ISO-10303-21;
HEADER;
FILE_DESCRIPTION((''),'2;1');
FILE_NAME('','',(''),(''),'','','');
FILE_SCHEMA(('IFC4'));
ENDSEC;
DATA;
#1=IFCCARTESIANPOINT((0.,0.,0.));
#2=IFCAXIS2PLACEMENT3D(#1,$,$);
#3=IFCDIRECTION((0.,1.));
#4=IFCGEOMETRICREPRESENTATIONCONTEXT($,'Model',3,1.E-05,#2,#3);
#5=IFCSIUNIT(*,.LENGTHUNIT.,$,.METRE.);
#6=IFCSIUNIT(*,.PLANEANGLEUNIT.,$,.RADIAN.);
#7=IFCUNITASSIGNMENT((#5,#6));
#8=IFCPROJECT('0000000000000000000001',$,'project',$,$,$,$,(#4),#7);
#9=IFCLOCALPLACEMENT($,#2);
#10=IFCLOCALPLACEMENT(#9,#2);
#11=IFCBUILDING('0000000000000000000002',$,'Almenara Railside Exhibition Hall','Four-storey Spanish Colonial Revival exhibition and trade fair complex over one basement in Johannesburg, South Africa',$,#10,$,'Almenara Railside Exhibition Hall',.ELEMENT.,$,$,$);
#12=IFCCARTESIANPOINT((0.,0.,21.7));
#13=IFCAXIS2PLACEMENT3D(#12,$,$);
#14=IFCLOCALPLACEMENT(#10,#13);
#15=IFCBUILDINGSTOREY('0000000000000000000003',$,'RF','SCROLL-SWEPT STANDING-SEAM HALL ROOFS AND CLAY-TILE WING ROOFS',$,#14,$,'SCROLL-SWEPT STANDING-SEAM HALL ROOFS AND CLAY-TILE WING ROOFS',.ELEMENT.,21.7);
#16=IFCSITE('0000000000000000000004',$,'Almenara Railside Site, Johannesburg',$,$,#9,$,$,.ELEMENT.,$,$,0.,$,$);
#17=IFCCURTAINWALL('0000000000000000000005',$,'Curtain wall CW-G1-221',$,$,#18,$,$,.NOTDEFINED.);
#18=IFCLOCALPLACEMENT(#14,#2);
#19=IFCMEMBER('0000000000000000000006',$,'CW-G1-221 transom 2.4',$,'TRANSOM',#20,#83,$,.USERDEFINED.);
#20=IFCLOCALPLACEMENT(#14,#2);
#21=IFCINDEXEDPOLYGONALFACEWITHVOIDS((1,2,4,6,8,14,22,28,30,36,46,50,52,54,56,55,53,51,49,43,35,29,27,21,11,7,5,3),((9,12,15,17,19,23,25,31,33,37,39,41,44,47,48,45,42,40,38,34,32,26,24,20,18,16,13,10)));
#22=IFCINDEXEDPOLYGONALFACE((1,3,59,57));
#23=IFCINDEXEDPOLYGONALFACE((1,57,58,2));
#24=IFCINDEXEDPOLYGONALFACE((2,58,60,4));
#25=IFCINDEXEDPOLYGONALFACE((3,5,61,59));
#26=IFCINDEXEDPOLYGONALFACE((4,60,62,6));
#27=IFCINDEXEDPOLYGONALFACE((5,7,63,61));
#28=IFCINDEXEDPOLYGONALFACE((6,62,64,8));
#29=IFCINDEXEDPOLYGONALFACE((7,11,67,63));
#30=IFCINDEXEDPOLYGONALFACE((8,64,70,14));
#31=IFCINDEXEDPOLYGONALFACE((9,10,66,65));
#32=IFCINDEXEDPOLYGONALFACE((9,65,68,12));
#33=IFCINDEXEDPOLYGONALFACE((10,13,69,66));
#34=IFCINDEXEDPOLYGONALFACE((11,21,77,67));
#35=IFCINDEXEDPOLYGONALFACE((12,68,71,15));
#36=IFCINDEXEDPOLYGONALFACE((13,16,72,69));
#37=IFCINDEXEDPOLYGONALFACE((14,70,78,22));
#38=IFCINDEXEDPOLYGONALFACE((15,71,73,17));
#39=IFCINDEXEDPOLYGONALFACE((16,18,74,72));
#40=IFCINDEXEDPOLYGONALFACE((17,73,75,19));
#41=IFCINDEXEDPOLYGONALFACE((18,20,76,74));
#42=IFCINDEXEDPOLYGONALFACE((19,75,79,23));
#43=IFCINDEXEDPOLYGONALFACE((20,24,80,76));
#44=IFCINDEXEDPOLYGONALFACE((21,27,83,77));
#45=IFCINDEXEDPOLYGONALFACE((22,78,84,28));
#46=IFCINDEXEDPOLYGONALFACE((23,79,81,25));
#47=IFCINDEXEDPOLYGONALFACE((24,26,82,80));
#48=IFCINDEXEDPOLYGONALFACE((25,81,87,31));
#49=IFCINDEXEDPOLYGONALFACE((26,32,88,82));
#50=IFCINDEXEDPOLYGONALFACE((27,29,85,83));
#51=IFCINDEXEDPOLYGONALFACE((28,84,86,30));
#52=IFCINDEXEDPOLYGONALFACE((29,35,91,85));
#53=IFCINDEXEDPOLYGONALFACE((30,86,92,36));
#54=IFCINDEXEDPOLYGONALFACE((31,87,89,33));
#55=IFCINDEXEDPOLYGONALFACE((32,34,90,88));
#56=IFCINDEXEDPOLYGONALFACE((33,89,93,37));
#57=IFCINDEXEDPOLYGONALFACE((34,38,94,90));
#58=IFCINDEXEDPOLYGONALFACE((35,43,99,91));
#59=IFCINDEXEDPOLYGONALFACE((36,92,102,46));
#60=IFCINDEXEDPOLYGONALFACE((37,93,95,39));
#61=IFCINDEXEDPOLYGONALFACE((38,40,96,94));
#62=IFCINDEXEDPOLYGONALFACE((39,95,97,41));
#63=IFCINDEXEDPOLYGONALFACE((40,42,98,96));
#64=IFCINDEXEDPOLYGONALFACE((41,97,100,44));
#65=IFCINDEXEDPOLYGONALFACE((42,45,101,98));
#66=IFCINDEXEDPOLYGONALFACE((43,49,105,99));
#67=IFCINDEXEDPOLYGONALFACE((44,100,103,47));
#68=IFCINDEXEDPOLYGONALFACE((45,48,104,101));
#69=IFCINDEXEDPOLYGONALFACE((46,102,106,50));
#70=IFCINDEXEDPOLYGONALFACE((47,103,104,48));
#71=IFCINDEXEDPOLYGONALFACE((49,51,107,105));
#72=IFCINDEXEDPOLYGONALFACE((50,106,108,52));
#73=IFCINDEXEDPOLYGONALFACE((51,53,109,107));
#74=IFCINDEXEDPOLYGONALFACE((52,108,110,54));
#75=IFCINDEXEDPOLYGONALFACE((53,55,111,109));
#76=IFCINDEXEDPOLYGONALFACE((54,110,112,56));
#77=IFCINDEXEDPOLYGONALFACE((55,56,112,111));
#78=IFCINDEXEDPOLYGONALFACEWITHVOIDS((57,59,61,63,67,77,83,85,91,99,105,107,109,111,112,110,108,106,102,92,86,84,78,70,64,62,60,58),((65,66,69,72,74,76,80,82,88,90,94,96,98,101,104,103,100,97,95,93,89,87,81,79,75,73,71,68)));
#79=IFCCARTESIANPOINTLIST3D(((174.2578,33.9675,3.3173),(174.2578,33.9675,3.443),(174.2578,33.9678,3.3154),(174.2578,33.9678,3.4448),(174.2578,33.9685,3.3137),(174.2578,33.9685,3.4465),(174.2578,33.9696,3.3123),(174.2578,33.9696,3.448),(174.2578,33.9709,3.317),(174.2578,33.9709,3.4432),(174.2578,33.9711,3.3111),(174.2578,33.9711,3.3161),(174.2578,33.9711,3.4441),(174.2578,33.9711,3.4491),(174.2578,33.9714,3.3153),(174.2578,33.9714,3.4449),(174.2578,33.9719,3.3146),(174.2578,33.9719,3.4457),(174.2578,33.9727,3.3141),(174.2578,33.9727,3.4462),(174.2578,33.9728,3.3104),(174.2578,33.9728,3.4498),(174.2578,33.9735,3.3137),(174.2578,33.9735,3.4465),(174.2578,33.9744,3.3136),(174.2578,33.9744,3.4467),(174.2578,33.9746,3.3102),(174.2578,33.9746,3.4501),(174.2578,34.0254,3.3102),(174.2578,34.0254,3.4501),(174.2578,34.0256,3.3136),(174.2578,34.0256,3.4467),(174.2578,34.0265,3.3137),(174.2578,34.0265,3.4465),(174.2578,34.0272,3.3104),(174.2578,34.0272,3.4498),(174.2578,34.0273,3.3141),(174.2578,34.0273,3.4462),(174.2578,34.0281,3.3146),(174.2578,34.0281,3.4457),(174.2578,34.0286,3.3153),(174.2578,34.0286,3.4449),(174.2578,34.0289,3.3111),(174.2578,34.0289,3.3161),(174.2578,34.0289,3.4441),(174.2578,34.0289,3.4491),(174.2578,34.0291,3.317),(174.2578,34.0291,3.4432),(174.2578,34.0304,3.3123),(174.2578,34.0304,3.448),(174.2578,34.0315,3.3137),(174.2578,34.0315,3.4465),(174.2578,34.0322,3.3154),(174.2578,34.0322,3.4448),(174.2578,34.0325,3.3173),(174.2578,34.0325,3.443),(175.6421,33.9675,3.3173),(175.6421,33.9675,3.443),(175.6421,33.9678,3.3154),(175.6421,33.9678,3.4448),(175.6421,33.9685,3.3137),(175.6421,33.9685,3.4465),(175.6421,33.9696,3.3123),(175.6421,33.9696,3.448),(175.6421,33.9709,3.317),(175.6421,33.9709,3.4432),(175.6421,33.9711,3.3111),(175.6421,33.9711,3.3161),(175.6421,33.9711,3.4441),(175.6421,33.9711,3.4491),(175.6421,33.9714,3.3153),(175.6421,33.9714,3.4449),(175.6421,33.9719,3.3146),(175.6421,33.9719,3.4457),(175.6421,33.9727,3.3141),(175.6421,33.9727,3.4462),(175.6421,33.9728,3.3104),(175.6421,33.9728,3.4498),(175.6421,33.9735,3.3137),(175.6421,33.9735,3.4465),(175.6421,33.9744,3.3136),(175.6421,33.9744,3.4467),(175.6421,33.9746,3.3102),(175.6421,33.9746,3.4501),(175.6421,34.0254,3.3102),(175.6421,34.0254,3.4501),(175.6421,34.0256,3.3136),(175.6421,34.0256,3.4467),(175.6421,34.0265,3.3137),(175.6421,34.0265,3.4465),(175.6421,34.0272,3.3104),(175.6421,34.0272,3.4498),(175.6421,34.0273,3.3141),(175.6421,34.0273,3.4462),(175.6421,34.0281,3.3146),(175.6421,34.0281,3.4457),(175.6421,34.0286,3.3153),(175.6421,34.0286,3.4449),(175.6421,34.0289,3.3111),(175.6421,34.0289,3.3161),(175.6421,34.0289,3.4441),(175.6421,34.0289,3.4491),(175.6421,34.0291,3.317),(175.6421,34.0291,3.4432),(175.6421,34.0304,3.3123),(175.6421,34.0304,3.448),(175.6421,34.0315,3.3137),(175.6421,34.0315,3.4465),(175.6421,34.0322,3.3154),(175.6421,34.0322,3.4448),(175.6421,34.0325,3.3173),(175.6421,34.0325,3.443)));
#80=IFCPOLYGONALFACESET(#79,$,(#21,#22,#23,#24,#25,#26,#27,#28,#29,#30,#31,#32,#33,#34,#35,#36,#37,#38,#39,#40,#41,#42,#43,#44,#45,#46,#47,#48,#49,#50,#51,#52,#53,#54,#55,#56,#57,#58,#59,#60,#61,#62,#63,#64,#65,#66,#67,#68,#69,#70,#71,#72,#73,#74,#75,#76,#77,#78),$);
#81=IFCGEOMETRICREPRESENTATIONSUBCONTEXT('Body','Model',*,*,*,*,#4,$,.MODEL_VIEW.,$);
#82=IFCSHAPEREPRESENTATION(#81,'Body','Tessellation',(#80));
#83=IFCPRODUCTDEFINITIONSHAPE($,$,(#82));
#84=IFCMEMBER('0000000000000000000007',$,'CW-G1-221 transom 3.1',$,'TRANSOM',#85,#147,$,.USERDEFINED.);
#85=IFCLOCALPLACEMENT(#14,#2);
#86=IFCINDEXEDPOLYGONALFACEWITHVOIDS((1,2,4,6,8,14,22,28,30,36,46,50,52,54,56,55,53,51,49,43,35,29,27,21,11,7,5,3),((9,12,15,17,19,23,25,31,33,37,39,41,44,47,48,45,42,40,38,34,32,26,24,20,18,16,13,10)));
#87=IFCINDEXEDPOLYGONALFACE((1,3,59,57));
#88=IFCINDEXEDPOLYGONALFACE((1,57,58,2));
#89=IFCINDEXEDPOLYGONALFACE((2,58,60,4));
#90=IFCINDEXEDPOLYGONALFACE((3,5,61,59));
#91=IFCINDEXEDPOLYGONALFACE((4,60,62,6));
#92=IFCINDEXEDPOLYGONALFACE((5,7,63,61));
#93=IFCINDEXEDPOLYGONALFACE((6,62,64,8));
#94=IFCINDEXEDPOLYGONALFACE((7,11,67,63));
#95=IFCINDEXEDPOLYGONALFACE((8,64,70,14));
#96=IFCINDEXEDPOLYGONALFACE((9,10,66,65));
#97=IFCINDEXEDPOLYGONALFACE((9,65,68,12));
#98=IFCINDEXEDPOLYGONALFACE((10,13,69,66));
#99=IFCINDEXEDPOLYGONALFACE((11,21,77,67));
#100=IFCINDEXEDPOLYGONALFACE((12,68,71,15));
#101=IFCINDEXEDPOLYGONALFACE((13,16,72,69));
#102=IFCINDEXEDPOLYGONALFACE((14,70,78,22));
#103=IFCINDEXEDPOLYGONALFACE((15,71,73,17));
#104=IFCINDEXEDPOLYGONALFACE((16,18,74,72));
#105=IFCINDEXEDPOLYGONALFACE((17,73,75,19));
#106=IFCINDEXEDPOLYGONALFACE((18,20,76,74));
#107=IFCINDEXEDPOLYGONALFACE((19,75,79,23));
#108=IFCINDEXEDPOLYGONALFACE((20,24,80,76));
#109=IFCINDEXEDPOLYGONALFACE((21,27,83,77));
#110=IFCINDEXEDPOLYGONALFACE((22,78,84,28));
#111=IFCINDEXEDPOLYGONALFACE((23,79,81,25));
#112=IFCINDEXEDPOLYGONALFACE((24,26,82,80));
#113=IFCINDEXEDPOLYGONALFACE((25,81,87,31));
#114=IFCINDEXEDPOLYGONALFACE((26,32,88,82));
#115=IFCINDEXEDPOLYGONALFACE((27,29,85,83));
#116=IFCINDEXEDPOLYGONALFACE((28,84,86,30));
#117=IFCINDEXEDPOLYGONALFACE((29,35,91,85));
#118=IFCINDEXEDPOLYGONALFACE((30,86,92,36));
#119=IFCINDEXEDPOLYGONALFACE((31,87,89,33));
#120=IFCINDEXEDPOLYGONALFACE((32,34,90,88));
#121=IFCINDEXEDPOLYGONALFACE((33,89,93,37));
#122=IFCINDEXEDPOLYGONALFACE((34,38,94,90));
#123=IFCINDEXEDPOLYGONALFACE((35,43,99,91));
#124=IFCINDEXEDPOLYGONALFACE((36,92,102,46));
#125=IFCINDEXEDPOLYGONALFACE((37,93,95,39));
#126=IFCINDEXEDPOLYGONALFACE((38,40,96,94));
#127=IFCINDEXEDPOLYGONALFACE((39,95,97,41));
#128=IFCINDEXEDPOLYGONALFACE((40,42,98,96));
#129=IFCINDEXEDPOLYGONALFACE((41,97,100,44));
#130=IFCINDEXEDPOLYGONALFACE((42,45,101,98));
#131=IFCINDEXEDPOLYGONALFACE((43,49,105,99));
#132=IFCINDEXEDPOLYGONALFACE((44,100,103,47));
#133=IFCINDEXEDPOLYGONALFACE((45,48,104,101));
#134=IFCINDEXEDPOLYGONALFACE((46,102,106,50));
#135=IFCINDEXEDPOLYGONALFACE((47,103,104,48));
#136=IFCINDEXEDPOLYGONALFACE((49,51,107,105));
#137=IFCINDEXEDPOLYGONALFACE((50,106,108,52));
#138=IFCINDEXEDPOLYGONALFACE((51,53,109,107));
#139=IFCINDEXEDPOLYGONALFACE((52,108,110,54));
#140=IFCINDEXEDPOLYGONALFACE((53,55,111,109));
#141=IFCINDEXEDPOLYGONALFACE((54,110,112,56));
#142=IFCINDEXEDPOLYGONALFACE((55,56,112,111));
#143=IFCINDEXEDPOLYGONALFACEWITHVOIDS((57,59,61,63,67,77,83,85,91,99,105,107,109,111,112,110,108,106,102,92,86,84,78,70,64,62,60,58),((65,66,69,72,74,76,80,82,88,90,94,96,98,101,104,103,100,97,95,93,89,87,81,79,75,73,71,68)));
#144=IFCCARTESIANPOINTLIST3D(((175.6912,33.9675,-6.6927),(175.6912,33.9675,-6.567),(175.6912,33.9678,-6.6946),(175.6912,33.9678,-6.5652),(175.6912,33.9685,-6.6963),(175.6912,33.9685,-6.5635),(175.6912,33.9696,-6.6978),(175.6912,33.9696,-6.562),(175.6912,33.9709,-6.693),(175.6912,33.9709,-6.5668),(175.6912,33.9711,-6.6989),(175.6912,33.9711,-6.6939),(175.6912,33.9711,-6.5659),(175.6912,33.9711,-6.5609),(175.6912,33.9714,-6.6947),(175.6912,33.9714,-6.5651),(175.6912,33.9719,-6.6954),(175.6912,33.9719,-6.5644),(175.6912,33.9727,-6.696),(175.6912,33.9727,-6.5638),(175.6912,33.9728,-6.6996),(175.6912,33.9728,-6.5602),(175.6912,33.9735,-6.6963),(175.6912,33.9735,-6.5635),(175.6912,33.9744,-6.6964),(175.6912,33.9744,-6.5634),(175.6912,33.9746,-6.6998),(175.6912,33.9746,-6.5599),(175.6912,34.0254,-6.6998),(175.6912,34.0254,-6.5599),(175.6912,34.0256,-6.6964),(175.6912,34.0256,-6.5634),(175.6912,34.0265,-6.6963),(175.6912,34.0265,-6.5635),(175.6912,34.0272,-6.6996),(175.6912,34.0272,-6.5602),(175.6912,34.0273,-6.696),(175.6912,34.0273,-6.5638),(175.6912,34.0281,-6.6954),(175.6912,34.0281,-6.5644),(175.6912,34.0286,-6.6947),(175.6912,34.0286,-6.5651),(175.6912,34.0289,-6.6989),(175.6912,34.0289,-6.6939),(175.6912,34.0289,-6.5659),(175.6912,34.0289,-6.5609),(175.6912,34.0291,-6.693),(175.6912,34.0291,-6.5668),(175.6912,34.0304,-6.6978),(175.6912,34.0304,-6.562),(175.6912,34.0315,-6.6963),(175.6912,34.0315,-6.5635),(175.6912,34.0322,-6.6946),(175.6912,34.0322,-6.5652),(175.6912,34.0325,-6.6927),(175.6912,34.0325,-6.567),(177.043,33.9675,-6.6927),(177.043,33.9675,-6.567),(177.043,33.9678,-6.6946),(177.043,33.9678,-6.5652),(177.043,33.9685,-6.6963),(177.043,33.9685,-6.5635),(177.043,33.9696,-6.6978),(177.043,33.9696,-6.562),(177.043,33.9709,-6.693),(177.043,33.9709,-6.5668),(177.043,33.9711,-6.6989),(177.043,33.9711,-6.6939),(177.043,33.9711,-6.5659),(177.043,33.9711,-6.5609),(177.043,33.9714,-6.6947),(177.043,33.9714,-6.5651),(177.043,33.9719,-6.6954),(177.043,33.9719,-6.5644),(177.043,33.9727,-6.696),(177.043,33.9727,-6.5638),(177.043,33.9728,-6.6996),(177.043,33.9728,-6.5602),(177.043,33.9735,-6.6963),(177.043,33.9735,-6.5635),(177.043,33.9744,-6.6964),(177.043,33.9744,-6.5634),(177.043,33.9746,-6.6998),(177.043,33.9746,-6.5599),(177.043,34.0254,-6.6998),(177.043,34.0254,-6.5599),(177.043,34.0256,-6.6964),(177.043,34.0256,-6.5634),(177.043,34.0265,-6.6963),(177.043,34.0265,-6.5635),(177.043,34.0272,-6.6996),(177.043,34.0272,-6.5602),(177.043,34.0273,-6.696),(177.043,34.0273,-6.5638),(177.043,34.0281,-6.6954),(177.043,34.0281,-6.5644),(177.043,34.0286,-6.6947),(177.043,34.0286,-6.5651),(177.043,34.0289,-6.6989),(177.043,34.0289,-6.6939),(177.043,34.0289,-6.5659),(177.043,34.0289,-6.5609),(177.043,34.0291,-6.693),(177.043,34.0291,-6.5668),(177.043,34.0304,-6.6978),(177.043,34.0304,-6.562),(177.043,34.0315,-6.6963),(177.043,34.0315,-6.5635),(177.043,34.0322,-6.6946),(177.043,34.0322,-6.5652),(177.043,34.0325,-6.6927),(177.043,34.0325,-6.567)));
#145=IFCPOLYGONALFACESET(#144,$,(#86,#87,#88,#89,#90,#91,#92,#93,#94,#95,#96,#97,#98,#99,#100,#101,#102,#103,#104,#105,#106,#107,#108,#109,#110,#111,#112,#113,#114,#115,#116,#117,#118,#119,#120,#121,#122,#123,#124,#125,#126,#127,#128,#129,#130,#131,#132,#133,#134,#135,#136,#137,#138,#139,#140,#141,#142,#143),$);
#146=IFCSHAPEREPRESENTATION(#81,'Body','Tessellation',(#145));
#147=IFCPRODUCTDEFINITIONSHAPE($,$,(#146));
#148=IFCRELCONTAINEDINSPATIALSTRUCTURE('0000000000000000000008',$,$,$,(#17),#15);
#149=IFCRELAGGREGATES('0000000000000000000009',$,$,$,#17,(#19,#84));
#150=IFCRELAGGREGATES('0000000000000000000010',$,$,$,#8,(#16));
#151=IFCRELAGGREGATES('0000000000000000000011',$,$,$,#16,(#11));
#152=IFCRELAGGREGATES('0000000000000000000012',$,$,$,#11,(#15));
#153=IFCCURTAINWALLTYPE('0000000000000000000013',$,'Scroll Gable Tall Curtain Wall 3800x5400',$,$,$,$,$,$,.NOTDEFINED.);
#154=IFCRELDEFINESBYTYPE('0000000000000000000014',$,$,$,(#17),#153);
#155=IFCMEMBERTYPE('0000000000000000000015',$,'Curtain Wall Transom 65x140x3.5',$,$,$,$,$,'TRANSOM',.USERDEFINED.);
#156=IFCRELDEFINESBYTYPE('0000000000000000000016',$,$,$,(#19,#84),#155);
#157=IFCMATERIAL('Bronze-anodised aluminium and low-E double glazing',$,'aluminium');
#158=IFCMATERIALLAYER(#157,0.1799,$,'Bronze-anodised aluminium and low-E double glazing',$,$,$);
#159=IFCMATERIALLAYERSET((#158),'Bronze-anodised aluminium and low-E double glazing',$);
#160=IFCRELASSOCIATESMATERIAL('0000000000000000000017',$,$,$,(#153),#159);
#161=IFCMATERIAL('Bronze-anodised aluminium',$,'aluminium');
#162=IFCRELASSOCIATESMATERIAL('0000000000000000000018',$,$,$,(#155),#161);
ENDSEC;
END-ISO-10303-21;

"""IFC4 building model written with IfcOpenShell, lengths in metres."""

from ifc_helpers import new_model, si_unit, direction, frame, origin, origin_2d, place, context, subcontext, project, spatial, hollow_rectangle, extrude, material, layer, layer_set, material_profile, profile_set, type_object, element, aggregate, save


model = new_model("IFC4")

# Units and contexts
model_context = context("Model", 3, precision=1e-05, world=origin(), true_north=direction((0.0, 1.0)))
body_context = subcontext(model_context, "Body", "Model", "MODEL_VIEW")
ifc_project = project(units=[si_unit("LENGTHUNIT", "METRE"), si_unit("PLANEANGLEUNIT", "RADIAN")], contexts=[model_context])

# Site, building, storey
site_placement = place(None, origin())
site = spatial("IfcSite", under=ifc_project, at=site_placement, Name="Almenara Railside Site, Johannesburg", CompositionType="ELEMENT", RefElevation=0.0)
building_placement = place(site_placement, origin())
building = spatial("IfcBuilding", under=site, at=building_placement, Name="Almenara Railside Exhibition Hall", Description="Four-storey Spanish Colonial Revival exhibition and trade fair complex over one basement in Johannesburg, South Africa", LongName="Almenara Railside Exhibition Hall", CompositionType="ELEMENT")
storey_placement = place(building_placement, frame((0.0, 0.0, 21.7)))
storey = spatial("IfcBuildingStorey", under=building, at=storey_placement, Name="RF", Description="SCROLL-SWEPT STANDING-SEAM HALL ROOFS AND CLAY-TILE WING ROOFS", LongName="SCROLL-SWEPT STANDING-SEAM HALL ROOFS AND CLAY-TILE WING ROOFS", CompositionType="ELEMENT", Elevation=21.7)

# Curtain wall
ifc_material_1 = material(Name="Bronze-anodised aluminium and low-E double glazing", Category="aluminium")
ifc_layer_1 = layer(ifc_material_1, 0.1799, Name="Bronze-anodised aluminium and low-E double glazing")
ifc_layer_set_1 = layer_set([ifc_layer_1], Name="Bronze-anodised aluminium and low-E double glazing")
curtain_wall_type = type_object("IfcCurtainWallType", Name="Scroll Gable Tall Curtain Wall 3800x5400", PredefinedType="NOTDEFINED", material=ifc_layer_set_1)
curtain_wall_1_placement = place(storey_placement, origin())
curtain_wall_1 = element("IfcCurtainWall", 1, at=curtain_wall_1_placement, inside=storey, type_object=curtain_wall_type, Name="Curtain wall CW-G1-221", PredefinedType="NOTDEFINED")
ifc_material_2 = material(Name="Bronze-anodised aluminium", Category="aluminium")

# Members
ifc_material_profile_1 = material_profile(ifc_material_2, hollow_rectangle(XDim=0.0649, YDim=0.1399, WallThickness=0.0034, InnerFilletRadius=0.0034, OuterFilletRadius=0.0071, at=origin_2d()), Name="ALU-TRN 65x140x3.5")
ifc_profile_set_1 = profile_set([ifc_material_profile_1], Name="Bronze-anodised aluminium")
member_type_1 = type_object("IfcMemberType", Name="Curtain Wall Transom 65x140x3.5", ElementType="TRANSOM", PredefinedType="USERDEFINED", material=ifc_profile_set_1)
member_1_placement = place(storey_placement, frame((174.2578, 34.0, 3.3801), z_axis=(1.0, 0.0, 0.0), x_axis=(0.0, 1.0, 0.0)))
member_1 = element("IfcMember", 2, at=member_1_placement, type_object=member_type_1, Name="CW-G1-221 transom 2.4", ObjectType="TRANSOM", PredefinedType="USERDEFINED", context=body_context, shape_type="SweptSolid", body=[
    extrude(hollow_rectangle(XDim=0.0649, YDim=0.1399, WallThickness=0.0034, InnerFilletRadius=0.0034, OuterFilletRadius=0.0071, at=origin_2d()), origin(), (0.0, 0.0, 1.0), 1.3843),
])
member_2_placement = place(storey_placement, frame((175.6912, 34.0, -6.6299), z_axis=(1.0, 0.0, 0.0), x_axis=(0.0, 1.0, 0.0)))
member_2 = element("IfcMember", 3, at=member_2_placement, type_object=member_type_1, Name="CW-G1-221 transom 3.1", ObjectType="TRANSOM", PredefinedType="USERDEFINED", context=body_context, shape_type="SweptSolid", body=[
    extrude(hollow_rectangle(XDim=0.0649, YDim=0.1399, WallThickness=0.0034, InnerFilletRadius=0.0034, OuterFilletRadius=0.0071, at=origin_2d()), origin(), (0.0, 0.0, 1.0), 1.3518),
])

aggregate(curtain_wall_1, [member_1, member_2])

save(model, "model.ifc")
